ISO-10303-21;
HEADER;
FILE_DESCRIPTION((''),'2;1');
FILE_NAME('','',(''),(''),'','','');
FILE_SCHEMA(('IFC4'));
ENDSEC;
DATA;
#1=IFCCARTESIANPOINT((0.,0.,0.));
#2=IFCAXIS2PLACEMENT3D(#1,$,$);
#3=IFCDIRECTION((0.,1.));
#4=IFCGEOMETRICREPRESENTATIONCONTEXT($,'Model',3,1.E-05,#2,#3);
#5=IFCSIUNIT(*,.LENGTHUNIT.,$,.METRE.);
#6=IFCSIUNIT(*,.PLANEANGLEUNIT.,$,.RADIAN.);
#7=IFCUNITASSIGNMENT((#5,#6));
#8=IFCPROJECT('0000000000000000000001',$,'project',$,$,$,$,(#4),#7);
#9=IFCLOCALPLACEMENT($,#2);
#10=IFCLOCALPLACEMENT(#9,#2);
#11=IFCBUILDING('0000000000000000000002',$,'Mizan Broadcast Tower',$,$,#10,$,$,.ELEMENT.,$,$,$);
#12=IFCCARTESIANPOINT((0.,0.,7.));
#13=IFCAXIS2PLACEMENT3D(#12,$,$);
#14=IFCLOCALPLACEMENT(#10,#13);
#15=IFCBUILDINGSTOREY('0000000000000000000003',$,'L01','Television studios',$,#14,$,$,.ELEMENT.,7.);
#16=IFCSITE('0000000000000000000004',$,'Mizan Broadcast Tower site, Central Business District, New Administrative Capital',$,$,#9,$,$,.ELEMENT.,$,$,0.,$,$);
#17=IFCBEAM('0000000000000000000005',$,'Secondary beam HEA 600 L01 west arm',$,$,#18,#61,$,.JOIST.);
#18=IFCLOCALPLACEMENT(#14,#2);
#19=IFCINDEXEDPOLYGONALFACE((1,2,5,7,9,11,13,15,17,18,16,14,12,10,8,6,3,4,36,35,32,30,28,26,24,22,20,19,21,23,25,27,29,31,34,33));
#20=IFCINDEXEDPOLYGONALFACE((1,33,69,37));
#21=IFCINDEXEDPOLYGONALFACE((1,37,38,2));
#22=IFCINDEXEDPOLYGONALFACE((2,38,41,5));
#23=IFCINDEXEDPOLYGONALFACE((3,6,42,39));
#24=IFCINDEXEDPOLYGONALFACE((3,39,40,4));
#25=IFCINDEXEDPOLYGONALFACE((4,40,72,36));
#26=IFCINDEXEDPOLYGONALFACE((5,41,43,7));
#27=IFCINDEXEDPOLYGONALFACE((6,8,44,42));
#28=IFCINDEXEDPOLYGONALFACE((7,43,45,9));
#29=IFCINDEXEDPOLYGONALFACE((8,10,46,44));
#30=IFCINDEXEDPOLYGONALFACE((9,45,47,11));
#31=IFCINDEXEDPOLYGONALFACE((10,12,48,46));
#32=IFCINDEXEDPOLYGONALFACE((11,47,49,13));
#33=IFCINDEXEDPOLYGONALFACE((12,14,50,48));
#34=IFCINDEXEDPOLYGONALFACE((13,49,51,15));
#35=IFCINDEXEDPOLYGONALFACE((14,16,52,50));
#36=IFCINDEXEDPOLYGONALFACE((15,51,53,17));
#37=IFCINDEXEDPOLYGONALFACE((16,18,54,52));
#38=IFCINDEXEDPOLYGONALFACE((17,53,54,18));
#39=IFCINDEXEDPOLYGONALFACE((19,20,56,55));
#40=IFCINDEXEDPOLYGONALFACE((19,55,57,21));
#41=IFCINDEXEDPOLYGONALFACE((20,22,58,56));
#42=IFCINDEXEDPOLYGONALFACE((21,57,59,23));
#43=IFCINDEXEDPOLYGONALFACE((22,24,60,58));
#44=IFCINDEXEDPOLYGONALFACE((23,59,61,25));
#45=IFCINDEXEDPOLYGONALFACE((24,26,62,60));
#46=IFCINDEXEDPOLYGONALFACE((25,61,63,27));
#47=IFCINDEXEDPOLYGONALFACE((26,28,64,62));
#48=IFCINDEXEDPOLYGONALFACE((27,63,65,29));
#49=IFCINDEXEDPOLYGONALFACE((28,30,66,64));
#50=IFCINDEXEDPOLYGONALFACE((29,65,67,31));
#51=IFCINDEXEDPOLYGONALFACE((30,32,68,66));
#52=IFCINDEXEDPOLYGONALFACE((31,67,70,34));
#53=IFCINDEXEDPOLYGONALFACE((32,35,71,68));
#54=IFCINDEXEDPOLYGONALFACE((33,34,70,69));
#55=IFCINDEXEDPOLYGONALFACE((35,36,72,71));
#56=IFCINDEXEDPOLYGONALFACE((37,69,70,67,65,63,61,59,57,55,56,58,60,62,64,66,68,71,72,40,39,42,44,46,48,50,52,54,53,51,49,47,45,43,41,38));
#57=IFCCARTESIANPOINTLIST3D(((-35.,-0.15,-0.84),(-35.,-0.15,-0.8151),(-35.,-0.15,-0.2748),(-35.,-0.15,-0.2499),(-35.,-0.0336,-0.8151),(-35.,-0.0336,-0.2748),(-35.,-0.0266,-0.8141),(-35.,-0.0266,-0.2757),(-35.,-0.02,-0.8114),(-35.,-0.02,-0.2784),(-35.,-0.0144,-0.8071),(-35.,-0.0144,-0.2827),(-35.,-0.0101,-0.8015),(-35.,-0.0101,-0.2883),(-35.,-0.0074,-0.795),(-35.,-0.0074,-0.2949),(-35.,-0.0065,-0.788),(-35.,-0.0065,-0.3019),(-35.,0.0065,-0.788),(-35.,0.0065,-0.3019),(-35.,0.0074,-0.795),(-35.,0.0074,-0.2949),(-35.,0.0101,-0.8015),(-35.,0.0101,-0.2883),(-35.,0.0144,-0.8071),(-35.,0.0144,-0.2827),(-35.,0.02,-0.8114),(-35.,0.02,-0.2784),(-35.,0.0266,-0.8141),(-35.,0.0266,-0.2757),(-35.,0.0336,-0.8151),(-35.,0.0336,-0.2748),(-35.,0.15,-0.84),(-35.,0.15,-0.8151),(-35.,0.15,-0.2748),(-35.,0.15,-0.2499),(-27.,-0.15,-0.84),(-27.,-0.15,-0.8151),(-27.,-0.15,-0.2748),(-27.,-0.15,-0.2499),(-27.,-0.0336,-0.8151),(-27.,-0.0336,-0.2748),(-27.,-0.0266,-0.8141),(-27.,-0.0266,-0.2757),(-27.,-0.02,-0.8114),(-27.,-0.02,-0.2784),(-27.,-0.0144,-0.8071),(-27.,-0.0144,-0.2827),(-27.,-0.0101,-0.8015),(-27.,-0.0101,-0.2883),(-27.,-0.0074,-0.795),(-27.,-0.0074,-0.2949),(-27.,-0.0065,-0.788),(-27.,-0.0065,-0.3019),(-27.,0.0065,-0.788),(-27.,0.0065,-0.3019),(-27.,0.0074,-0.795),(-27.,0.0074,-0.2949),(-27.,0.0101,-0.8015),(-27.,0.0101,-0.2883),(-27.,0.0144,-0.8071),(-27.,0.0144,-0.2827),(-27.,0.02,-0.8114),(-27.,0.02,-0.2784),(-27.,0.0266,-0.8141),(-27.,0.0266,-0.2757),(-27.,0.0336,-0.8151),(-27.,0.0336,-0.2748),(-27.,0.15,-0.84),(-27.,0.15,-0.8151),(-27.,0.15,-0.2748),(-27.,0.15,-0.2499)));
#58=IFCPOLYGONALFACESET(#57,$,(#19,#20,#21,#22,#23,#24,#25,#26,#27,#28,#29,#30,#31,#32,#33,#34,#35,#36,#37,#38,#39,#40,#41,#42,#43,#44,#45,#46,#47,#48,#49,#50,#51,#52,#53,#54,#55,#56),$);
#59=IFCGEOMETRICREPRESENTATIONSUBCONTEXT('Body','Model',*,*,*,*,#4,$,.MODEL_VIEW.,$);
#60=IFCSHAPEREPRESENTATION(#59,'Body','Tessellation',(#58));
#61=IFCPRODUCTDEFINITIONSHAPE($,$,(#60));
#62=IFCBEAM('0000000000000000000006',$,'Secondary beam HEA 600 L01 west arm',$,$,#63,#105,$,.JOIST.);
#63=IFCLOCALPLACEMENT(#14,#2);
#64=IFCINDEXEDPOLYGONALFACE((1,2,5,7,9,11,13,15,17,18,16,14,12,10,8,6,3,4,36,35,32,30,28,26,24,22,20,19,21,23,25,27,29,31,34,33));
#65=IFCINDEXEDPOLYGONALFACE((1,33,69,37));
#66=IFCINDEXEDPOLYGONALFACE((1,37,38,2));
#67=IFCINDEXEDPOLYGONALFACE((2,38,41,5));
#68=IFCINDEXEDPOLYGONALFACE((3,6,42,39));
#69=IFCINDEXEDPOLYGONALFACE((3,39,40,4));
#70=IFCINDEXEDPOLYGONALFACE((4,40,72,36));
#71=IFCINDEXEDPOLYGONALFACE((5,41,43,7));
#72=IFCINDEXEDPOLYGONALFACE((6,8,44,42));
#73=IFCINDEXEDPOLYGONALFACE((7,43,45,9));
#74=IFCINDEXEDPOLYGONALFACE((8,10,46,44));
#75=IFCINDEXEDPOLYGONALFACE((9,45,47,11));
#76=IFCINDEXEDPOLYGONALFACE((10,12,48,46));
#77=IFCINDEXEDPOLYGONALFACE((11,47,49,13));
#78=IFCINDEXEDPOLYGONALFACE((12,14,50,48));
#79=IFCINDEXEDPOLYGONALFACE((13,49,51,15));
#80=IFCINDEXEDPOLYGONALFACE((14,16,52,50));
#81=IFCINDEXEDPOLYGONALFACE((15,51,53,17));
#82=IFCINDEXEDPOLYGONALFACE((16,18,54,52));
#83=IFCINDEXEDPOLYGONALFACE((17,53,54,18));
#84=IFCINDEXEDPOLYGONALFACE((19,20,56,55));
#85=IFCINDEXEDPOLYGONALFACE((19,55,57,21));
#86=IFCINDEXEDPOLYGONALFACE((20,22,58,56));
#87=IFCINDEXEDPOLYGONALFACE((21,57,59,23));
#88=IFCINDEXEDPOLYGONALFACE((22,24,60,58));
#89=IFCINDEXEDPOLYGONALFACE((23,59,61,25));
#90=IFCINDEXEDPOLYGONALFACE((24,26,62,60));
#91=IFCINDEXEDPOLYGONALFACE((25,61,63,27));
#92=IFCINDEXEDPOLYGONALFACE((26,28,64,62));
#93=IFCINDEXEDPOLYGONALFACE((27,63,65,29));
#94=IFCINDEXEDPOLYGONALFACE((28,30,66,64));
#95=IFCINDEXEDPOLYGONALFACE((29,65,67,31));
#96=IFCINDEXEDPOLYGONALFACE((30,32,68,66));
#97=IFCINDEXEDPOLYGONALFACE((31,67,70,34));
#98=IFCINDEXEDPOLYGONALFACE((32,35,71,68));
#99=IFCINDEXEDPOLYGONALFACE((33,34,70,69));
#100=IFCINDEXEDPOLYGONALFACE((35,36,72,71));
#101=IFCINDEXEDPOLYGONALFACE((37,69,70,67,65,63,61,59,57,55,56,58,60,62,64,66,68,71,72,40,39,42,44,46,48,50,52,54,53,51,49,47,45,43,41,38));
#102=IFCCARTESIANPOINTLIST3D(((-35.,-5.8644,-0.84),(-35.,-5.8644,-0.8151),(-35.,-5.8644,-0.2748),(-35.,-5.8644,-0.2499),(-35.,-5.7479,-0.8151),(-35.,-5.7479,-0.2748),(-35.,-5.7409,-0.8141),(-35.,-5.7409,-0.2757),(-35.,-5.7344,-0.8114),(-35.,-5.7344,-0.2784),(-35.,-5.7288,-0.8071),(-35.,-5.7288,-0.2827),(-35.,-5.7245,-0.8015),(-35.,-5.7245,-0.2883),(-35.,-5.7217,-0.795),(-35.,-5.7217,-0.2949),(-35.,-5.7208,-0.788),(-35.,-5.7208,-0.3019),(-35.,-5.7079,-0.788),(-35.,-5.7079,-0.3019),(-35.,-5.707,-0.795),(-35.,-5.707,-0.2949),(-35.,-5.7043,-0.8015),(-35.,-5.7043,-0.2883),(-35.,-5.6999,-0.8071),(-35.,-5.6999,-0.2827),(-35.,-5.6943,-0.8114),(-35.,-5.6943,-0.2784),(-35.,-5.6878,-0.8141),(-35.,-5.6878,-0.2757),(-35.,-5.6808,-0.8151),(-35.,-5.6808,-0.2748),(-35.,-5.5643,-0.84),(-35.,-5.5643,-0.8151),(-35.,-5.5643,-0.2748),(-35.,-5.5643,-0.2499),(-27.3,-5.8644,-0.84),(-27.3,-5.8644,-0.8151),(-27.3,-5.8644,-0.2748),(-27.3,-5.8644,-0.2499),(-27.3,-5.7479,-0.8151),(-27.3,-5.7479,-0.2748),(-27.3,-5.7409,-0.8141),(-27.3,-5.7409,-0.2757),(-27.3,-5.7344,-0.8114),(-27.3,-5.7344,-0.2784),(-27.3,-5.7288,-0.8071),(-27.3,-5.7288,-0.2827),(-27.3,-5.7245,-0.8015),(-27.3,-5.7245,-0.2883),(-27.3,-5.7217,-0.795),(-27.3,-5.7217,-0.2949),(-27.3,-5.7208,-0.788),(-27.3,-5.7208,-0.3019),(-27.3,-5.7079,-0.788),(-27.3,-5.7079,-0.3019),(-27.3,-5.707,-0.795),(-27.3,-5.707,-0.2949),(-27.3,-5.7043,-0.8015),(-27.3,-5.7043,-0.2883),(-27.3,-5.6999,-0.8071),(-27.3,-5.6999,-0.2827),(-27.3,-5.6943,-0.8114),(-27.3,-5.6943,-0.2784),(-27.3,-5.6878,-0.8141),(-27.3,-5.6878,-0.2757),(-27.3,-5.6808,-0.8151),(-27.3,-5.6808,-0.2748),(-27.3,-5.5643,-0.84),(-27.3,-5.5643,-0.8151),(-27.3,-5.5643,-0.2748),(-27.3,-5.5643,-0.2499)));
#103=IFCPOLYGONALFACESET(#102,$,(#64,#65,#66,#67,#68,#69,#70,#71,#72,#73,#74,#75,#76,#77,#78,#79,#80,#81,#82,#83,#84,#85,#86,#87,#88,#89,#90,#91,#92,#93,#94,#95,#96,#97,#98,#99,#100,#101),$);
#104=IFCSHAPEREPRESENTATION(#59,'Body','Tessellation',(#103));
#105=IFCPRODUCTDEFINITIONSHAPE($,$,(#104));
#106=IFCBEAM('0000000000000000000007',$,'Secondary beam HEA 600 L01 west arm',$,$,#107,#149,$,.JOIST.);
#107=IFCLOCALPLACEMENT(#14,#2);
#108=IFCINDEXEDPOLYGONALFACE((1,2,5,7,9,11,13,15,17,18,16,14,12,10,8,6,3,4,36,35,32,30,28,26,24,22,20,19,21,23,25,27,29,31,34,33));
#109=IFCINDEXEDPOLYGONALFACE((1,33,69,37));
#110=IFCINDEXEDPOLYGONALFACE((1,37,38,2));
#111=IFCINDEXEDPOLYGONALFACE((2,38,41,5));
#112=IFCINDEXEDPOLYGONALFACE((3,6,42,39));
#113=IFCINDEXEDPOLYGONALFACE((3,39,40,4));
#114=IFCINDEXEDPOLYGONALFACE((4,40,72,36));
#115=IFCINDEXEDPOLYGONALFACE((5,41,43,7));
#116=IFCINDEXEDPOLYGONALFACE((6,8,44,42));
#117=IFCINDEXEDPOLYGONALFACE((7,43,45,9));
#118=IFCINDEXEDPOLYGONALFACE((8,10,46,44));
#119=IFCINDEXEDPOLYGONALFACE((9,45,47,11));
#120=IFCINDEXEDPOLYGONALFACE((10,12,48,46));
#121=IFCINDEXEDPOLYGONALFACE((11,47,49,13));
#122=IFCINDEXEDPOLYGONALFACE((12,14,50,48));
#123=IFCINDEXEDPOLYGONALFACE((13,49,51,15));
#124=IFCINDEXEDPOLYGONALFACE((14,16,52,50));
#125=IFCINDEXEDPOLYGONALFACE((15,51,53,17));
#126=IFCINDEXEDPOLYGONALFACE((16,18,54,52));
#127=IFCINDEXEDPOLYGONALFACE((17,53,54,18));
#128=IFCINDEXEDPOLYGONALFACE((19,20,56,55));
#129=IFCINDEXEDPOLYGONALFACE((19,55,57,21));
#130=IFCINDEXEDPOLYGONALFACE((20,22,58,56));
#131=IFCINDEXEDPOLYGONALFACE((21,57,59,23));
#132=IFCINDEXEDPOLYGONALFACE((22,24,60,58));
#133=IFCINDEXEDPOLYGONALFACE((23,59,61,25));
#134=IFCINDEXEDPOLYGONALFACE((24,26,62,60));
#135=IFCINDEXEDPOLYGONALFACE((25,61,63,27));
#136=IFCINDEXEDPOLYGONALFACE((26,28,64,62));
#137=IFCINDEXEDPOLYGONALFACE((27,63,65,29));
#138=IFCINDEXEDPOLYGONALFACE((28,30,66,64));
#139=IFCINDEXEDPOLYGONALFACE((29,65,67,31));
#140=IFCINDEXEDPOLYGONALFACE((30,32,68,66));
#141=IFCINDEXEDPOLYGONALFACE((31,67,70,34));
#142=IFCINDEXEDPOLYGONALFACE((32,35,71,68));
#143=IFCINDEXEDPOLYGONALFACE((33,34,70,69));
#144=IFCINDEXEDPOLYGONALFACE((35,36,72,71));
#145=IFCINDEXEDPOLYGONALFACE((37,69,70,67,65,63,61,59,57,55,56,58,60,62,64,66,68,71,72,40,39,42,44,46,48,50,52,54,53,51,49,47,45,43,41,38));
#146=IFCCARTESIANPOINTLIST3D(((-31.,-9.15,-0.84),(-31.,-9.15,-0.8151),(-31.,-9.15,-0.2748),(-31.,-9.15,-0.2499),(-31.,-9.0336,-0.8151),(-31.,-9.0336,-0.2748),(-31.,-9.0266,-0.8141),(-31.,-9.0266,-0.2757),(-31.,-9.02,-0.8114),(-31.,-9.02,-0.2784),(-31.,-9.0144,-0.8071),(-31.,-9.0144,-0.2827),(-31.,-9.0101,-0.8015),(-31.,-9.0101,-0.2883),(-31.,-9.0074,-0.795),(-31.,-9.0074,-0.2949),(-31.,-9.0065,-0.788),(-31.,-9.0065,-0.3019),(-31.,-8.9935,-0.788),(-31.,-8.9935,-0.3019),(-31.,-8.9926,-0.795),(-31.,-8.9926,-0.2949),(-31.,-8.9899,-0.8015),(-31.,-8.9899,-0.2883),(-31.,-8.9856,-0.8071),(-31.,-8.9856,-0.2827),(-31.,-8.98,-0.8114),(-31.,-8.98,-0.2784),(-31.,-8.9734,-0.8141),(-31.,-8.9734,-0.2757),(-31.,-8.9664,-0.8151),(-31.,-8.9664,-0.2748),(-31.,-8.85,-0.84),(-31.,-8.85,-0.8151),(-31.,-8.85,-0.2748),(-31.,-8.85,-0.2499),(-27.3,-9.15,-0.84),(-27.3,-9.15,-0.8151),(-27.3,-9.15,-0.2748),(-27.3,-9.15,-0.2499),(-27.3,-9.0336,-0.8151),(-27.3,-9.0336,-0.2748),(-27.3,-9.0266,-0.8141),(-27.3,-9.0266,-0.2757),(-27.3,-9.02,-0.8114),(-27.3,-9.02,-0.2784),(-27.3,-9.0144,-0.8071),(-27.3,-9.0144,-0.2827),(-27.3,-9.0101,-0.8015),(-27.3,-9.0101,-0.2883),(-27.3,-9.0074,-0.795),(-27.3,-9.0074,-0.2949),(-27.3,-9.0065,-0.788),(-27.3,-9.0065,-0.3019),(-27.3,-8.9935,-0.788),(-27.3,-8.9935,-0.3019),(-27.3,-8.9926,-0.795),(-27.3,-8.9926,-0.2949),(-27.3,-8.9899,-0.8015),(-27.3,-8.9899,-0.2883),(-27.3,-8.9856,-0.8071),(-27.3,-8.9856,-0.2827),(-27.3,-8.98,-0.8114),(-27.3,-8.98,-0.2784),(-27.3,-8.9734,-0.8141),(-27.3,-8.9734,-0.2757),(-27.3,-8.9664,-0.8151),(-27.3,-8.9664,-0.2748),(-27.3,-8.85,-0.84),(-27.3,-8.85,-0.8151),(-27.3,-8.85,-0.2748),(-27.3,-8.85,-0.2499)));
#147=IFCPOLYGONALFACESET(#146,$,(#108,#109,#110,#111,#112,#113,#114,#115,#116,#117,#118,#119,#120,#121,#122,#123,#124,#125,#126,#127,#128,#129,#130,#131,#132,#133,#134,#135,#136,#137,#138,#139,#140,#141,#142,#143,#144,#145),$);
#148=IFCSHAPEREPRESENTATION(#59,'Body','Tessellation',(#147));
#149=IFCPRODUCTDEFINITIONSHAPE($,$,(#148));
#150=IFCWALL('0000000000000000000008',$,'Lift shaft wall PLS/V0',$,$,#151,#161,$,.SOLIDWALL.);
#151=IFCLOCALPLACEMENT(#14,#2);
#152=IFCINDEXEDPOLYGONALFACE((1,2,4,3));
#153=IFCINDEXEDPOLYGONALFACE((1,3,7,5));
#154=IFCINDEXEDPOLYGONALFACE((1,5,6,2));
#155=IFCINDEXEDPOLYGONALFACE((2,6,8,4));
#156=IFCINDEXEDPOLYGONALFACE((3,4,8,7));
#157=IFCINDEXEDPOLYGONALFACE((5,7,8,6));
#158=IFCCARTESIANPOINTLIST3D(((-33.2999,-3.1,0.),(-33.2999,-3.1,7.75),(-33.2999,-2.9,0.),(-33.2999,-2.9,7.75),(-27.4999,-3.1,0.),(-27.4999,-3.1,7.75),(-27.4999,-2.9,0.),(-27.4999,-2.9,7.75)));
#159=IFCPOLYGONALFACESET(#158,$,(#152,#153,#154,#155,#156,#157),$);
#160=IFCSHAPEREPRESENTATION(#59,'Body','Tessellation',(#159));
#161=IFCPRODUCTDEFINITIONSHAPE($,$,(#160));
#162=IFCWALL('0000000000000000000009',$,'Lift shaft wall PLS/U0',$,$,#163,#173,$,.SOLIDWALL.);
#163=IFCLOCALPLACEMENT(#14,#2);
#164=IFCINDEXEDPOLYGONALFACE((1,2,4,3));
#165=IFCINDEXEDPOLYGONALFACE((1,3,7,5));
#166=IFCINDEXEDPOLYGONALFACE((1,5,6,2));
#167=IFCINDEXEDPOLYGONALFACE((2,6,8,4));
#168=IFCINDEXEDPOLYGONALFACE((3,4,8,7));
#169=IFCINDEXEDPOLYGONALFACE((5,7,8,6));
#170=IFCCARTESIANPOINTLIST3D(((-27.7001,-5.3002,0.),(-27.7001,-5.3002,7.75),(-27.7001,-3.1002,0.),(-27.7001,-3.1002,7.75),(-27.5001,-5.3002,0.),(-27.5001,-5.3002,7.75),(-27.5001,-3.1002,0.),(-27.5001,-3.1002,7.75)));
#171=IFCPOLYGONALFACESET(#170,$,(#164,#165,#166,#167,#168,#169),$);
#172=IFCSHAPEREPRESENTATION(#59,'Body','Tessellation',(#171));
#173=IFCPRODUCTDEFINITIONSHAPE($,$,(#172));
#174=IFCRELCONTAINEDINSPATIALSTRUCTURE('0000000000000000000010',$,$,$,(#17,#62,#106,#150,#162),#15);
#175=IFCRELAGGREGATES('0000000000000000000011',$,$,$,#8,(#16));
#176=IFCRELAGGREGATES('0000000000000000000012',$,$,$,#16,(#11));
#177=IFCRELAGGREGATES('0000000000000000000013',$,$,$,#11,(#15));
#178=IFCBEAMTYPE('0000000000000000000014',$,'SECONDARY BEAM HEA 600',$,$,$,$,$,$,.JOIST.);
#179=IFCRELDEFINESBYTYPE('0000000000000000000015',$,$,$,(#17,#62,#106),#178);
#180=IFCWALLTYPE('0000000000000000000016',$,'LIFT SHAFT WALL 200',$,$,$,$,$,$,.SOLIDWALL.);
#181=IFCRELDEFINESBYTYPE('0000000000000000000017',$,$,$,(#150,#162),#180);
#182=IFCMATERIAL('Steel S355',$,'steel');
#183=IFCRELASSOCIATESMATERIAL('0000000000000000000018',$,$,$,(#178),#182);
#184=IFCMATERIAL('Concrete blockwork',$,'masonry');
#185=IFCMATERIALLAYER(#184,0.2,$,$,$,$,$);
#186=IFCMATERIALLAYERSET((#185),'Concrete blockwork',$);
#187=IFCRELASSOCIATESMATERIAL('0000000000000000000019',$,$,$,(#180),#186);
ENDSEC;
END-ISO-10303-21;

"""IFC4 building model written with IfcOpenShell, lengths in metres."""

from ifc_helpers import new_model, si_unit, direction, frame, frame_2d, origin, origin_2d, place, context, subcontext, project, spatial, rectangle, i_section, extrude, material, layer, layer_set, material_profile, profile_set, type_object, element, save


model = new_model("IFC4")

# Units and contexts
model_context = context("Model", 3, precision=1e-05, world=origin(), true_north=direction((0.0, 1.0)))
body_context = subcontext(model_context, "Body", "Model", "MODEL_VIEW")
ifc_project = project(units=[si_unit("LENGTHUNIT", "METRE"), si_unit("PLANEANGLEUNIT", "RADIAN")], contexts=[model_context])

# Site, building, storey
site_placement = place(None, origin())
site = spatial("IfcSite", under=ifc_project, at=site_placement, Name="Mizan Broadcast Tower site, Central Business District, New Administrative Capital", CompositionType="ELEMENT", RefElevation=0.0)
building_placement = place(site_placement, origin())
building = spatial("IfcBuilding", under=site, at=building_placement, Name="Mizan Broadcast Tower", CompositionType="ELEMENT")
storey_placement = place(building_placement, frame((0.0, 0.0, 7.0)))
storey = spatial("IfcBuildingStorey", under=building, at=storey_placement, Name="L01", Description="Television studios", CompositionType="ELEMENT", Elevation=7.0)

# Beams
ifc_material_1 = material(Name="Steel S355", Category="steel")
ifc_material_profile_1 = material_profile(ifc_material_1, i_section(OverallWidth=0.3, OverallDepth=0.5901, WebThickness=0.0129, FlangeThickness=0.0249, FilletRadius=0.0271, at=origin_2d()), Name="HEA 600")
ifc_profile_set_1 = profile_set([ifc_material_profile_1], Name="Steel S355")
beam_type_1 = type_object("IfcBeamType", Name="SECONDARY BEAM HEA 600", PredefinedType="JOIST", material=ifc_profile_set_1)
beam_1_placement = place(storey_placement, frame((-27.0, 0.0, -0.5449), z_axis=(-1.0, 0.0, 0.0), x_axis=(0.0, -1.0, 0.0)))
element("IfcBeam", 1, at=beam_1_placement, inside=storey, type_object=beam_type_1, Name="Secondary beam HEA 600 L01 west arm", PredefinedType="JOIST", context=body_context, shape_type="SweptSolid", body=[
    extrude(i_section(OverallWidth=0.3, OverallDepth=0.5901, WebThickness=0.0129, FlangeThickness=0.0249, FilletRadius=0.0271, at=origin_2d()), origin(), (0.0, 0.0, 1.0), 8.0),
])
beam_2_placement = place(storey_placement, frame((-27.3, -5.7144, -0.5449), z_axis=(-1.0, 0.0, 0.0), x_axis=(0.0, -1.0, 0.0)))
element("IfcBeam", 2, at=beam_2_placement, inside=storey, type_object=beam_type_1, Name="Secondary beam HEA 600 L01 west arm", PredefinedType="JOIST", context=body_context, shape_type="SweptSolid", body=[
    extrude(i_section(OverallWidth=0.3, OverallDepth=0.5901, WebThickness=0.0129, FlangeThickness=0.0249, FilletRadius=0.0271, at=origin_2d()), origin(), (0.0, 0.0, 1.0), 7.7),
])
beam_3_placement = place(storey_placement, frame((-27.3, -9.0, -0.5449), z_axis=(-1.0, 0.0, 0.0), x_axis=(0.0, -1.0, 0.0)))
element("IfcBeam", 3, at=beam_3_placement, inside=storey, type_object=beam_type_1, Name="Secondary beam HEA 600 L01 west arm", PredefinedType="JOIST", context=body_context, shape_type="SweptSolid", body=[
    extrude(i_section(OverallWidth=0.3, OverallDepth=0.5901, WebThickness=0.0129, FlangeThickness=0.0249, FilletRadius=0.0271, at=origin_2d()), origin(), (0.0, 0.0, 1.0), 3.7),
])

# Walls
ifc_material_2 = material(Name="Concrete blockwork", Category="masonry")
ifc_layer_1 = layer(ifc_material_2, 0.2)
ifc_layer_set_1 = layer_set([ifc_layer_1], Name="Concrete blockwork")
wall_type_1 = type_object("IfcWallType", Name="LIFT SHAFT WALL 200", PredefinedType="SOLIDWALL", material=ifc_layer_set_1)
wall_1_placement = place(storey_placement, frame((-27.5, -3.0, 0.0), z_axis=(0.0, 0.0, 1.0), x_axis=(-1.0, 0.0, 0.0)))
element("IfcWall", 4, at=wall_1_placement, inside=storey, type_object=wall_type_1, Name="Lift shaft wall PLS/V0", PredefinedType="SOLIDWALL", context=body_context, shape_type="SweptSolid", body=[
    extrude(rectangle(XDim=5.8, YDim=0.2, at=frame_2d((2.8999, 0.0))), origin(), (0.0, 0.0, 1.0), 7.75),
])
wall_2_placement = place(storey_placement, frame((-27.6001, -3.1001, 0.0), z_axis=(0.0, 0.0, 1.0), x_axis=(0.0, -1.0, 0.0)))
element("IfcWall", 5, at=wall_2_placement, inside=storey, type_object=wall_type_1, Name="Lift shaft wall PLS/U0", PredefinedType="SOLIDWALL", context=body_context, shape_type="SweptSolid", body=[
    extrude(rectangle(XDim=2.2, YDim=0.2, at=frame_2d((1.1001, 0.0))), origin(), (0.0, 0.0, 1.0), 7.75),
])

save(model, "model.ifc")
